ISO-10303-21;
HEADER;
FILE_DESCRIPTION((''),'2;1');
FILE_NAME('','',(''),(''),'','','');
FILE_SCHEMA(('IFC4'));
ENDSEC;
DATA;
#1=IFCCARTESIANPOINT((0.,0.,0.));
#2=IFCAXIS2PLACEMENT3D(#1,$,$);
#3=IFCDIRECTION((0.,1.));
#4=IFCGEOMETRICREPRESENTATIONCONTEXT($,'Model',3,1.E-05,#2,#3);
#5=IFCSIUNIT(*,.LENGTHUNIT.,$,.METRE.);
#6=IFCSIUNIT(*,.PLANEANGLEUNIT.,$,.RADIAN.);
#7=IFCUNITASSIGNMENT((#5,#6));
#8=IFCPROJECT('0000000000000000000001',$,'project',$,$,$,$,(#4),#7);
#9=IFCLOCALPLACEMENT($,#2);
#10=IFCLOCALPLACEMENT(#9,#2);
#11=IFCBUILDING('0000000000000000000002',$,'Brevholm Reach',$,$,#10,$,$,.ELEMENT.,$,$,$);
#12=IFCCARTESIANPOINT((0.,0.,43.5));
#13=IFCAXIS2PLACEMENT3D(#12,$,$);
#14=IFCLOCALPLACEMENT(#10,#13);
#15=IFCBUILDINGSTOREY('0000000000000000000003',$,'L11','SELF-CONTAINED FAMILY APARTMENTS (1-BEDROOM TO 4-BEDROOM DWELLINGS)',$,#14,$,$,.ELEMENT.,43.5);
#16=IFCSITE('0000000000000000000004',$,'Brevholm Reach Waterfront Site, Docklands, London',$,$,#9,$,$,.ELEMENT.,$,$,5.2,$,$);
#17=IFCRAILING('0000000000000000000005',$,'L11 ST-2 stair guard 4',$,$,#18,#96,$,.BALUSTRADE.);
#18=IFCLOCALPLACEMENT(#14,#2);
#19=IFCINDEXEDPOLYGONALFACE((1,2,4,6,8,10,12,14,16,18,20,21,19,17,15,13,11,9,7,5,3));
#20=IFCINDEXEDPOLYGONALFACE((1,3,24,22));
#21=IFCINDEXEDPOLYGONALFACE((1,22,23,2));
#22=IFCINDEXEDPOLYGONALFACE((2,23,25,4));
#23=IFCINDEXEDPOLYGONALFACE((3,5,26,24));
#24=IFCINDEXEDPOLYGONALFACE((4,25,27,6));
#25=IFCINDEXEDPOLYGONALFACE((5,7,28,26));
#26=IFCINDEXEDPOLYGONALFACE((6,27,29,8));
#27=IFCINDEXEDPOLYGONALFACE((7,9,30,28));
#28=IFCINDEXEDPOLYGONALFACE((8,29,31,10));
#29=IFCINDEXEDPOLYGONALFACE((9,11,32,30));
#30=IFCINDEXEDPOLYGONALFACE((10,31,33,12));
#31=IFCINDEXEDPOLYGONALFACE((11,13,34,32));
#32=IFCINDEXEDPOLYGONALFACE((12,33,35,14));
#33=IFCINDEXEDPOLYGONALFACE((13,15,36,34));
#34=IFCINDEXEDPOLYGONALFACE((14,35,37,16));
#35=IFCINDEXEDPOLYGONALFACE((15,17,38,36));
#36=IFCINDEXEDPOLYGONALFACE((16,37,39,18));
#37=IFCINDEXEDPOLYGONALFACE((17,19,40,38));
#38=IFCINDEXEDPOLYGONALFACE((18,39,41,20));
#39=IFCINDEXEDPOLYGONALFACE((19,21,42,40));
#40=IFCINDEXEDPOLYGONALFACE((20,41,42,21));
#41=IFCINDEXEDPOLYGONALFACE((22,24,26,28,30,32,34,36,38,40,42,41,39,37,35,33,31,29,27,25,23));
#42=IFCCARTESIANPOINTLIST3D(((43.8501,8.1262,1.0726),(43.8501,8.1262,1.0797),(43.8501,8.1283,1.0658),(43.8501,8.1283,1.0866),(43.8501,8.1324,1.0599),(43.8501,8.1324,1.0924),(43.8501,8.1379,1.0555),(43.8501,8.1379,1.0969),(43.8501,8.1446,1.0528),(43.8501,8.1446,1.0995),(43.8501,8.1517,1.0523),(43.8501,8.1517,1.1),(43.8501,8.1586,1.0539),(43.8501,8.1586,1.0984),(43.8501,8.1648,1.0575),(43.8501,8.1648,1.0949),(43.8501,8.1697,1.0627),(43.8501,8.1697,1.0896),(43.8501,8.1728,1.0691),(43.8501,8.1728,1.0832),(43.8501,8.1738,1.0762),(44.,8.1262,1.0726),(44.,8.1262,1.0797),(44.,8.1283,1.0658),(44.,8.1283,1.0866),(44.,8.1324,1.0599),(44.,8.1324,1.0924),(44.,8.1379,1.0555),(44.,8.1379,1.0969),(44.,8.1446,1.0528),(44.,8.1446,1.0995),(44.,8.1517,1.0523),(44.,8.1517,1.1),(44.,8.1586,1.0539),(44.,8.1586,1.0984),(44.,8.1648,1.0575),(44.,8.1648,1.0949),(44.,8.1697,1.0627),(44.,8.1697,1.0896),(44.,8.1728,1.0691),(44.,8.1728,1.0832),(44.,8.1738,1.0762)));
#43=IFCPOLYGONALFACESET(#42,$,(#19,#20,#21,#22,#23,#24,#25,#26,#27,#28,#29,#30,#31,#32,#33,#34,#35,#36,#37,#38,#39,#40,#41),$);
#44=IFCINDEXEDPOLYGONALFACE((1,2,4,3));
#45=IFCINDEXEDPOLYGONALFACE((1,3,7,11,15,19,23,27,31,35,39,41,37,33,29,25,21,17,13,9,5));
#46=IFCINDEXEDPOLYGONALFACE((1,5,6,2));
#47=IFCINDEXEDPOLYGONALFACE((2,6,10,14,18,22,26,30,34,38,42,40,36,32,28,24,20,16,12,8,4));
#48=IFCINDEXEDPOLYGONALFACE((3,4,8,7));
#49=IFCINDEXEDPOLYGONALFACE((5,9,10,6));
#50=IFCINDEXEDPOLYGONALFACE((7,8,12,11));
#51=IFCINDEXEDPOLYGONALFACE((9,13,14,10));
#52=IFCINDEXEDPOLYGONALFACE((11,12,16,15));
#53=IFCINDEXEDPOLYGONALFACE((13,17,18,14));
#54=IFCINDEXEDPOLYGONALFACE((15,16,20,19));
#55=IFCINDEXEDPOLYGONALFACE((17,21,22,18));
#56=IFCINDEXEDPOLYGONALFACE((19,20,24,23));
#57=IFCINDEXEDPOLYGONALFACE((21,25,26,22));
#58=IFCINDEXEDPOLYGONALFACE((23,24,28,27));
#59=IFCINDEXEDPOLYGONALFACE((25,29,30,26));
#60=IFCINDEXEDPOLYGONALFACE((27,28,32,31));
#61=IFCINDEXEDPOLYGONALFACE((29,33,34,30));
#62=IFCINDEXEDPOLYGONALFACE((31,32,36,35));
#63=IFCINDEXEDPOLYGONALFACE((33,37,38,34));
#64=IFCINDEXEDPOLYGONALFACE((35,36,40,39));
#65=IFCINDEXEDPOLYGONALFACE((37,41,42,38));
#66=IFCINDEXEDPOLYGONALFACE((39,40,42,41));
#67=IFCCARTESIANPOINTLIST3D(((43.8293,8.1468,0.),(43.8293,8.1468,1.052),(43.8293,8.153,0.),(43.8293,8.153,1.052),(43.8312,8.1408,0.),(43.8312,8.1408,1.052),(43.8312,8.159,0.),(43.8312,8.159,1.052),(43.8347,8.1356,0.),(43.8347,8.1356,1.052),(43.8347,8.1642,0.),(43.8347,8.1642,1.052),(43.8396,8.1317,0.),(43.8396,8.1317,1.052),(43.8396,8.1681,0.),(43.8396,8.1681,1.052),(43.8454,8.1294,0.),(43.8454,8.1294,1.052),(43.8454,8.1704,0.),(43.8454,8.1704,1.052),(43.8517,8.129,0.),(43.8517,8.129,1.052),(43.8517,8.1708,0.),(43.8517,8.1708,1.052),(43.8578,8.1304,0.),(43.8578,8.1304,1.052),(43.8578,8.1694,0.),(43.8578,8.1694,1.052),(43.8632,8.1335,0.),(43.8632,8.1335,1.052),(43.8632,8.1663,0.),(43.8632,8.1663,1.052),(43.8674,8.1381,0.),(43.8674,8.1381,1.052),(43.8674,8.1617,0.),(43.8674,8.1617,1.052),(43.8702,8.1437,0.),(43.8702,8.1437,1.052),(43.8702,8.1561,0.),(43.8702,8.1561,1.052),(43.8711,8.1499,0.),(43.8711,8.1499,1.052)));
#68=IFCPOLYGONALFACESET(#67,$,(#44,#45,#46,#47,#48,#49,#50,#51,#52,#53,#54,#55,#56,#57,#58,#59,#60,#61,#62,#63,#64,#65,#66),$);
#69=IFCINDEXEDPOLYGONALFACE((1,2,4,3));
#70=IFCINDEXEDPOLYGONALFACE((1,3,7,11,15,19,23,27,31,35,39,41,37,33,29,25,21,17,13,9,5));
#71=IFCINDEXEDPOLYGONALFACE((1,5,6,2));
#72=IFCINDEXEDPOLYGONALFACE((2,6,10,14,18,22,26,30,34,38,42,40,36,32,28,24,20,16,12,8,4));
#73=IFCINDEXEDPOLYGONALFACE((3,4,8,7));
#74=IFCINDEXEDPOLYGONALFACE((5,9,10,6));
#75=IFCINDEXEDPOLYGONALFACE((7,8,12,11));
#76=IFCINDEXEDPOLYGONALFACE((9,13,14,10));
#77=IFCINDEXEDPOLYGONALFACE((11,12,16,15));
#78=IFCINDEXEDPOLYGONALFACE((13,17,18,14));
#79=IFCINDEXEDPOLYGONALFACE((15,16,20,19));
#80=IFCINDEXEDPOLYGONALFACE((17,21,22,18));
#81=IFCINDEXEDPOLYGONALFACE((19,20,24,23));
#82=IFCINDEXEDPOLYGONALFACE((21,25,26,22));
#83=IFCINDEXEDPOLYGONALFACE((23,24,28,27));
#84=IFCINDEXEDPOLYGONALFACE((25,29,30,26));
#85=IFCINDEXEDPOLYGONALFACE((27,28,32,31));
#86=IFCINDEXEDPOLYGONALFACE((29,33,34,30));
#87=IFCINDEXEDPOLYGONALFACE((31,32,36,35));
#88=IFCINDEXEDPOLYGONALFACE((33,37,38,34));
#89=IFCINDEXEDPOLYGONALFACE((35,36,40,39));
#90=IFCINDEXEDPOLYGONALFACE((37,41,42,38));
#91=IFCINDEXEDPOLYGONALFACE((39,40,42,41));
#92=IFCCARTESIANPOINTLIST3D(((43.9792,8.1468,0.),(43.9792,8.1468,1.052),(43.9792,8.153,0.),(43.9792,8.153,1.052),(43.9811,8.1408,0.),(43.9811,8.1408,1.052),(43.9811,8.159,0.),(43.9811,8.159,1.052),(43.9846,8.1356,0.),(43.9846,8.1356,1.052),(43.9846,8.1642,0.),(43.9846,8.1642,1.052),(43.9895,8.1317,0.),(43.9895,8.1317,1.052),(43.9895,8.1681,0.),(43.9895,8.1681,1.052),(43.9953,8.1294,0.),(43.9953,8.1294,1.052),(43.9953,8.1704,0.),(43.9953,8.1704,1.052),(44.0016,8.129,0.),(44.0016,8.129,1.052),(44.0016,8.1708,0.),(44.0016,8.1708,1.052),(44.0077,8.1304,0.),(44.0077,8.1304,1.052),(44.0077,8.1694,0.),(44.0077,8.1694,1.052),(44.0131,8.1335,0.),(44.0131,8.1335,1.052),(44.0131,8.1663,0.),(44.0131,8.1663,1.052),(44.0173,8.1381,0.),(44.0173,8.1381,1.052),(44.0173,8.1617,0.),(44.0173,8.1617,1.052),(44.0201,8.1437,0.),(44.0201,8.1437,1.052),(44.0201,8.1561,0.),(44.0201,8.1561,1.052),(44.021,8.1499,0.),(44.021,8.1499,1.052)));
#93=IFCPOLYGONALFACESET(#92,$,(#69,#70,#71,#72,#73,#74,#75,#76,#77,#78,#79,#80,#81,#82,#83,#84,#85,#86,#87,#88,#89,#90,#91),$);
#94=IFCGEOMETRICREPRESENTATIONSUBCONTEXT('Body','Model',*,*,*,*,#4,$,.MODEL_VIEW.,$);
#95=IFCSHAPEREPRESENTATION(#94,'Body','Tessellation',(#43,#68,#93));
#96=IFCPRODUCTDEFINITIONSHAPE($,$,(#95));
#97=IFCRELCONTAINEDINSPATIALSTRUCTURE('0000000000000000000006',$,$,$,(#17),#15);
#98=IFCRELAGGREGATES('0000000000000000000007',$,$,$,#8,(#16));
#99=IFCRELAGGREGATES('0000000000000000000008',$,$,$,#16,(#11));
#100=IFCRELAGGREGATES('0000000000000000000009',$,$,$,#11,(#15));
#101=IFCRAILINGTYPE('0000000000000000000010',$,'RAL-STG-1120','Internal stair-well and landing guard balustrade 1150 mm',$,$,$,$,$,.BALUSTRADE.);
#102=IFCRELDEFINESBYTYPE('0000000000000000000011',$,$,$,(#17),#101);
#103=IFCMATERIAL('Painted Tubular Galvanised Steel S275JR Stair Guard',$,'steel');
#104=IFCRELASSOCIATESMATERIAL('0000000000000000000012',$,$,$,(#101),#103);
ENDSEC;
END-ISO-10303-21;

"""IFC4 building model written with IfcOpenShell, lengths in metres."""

from ifc_helpers import new_model, si_unit, direction, frame, origin, origin_2d, place, context, subcontext, project, spatial, circle, extrude, material, type_object, element, save


model = new_model("IFC4")

# Units and contexts
model_context = context("Model", 3, precision=1e-05, world=origin(), true_north=direction((0.0, 1.0)))
body_context = subcontext(model_context, "Body", "Model", "MODEL_VIEW")
ifc_project = project(units=[si_unit("LENGTHUNIT", "METRE"), si_unit("PLANEANGLEUNIT", "RADIAN")], contexts=[model_context])

# Site, building, storey
site_placement = place(None, origin())
site = spatial("IfcSite", under=ifc_project, at=site_placement, Name="Brevholm Reach Waterfront Site, Docklands, London", CompositionType="ELEMENT", RefElevation=5.2)
building_placement = place(site_placement, origin())
building = spatial("IfcBuilding", under=site, at=building_placement, Name="Brevholm Reach", CompositionType="ELEMENT")
storey_placement = place(building_placement, frame((0.0, 0.0, 43.5)))
storey = spatial("IfcBuildingStorey", under=building, at=storey_placement, Name="L11", Description="SELF-CONTAINED FAMILY APARTMENTS (1-BEDROOM TO 4-BEDROOM DWELLINGS)", CompositionType="ELEMENT", Elevation=43.5)

# Railing
ifc_material_1 = material(Name="Painted Tubular Galvanised Steel S275JR Stair Guard", Category="steel")
railing_type = type_object("IfcRailingType", Name="RAL-STG-1120", Description="Internal stair-well and landing guard balustrade 1150 mm", PredefinedType="BALUSTRADE", material=ifc_material_1)
railing_1_placement = place(storey_placement, frame((43.8501, 8.1499, 0.0)))
element("IfcRailing", 1, at=railing_1_placement, inside=storey, type_object=railing_type, Name="L11 ST-2 stair guard 4", PredefinedType="BALUSTRADE", context=body_context, shape_type="SweptSolid", body=[
    extrude(circle(Radius=0.0239, at=origin_2d()), frame((0.0, 0.0, 1.0762), z_axis=(1.0, 0.0, 0.0), x_axis=(0.0, 1.0, 0.0)), (0.0, 0.0, 1.0), 0.1499),
    extrude(circle(Radius=0.021, at=origin_2d()), origin(), (0.0, 0.0, 1.0), 1.052),
    extrude(circle(Radius=0.021, at=origin_2d()), frame((0.1499, 0.0, 0.0)), (0.0, 0.0, 1.0), 1.052),
])

save(model, "model.ifc")
